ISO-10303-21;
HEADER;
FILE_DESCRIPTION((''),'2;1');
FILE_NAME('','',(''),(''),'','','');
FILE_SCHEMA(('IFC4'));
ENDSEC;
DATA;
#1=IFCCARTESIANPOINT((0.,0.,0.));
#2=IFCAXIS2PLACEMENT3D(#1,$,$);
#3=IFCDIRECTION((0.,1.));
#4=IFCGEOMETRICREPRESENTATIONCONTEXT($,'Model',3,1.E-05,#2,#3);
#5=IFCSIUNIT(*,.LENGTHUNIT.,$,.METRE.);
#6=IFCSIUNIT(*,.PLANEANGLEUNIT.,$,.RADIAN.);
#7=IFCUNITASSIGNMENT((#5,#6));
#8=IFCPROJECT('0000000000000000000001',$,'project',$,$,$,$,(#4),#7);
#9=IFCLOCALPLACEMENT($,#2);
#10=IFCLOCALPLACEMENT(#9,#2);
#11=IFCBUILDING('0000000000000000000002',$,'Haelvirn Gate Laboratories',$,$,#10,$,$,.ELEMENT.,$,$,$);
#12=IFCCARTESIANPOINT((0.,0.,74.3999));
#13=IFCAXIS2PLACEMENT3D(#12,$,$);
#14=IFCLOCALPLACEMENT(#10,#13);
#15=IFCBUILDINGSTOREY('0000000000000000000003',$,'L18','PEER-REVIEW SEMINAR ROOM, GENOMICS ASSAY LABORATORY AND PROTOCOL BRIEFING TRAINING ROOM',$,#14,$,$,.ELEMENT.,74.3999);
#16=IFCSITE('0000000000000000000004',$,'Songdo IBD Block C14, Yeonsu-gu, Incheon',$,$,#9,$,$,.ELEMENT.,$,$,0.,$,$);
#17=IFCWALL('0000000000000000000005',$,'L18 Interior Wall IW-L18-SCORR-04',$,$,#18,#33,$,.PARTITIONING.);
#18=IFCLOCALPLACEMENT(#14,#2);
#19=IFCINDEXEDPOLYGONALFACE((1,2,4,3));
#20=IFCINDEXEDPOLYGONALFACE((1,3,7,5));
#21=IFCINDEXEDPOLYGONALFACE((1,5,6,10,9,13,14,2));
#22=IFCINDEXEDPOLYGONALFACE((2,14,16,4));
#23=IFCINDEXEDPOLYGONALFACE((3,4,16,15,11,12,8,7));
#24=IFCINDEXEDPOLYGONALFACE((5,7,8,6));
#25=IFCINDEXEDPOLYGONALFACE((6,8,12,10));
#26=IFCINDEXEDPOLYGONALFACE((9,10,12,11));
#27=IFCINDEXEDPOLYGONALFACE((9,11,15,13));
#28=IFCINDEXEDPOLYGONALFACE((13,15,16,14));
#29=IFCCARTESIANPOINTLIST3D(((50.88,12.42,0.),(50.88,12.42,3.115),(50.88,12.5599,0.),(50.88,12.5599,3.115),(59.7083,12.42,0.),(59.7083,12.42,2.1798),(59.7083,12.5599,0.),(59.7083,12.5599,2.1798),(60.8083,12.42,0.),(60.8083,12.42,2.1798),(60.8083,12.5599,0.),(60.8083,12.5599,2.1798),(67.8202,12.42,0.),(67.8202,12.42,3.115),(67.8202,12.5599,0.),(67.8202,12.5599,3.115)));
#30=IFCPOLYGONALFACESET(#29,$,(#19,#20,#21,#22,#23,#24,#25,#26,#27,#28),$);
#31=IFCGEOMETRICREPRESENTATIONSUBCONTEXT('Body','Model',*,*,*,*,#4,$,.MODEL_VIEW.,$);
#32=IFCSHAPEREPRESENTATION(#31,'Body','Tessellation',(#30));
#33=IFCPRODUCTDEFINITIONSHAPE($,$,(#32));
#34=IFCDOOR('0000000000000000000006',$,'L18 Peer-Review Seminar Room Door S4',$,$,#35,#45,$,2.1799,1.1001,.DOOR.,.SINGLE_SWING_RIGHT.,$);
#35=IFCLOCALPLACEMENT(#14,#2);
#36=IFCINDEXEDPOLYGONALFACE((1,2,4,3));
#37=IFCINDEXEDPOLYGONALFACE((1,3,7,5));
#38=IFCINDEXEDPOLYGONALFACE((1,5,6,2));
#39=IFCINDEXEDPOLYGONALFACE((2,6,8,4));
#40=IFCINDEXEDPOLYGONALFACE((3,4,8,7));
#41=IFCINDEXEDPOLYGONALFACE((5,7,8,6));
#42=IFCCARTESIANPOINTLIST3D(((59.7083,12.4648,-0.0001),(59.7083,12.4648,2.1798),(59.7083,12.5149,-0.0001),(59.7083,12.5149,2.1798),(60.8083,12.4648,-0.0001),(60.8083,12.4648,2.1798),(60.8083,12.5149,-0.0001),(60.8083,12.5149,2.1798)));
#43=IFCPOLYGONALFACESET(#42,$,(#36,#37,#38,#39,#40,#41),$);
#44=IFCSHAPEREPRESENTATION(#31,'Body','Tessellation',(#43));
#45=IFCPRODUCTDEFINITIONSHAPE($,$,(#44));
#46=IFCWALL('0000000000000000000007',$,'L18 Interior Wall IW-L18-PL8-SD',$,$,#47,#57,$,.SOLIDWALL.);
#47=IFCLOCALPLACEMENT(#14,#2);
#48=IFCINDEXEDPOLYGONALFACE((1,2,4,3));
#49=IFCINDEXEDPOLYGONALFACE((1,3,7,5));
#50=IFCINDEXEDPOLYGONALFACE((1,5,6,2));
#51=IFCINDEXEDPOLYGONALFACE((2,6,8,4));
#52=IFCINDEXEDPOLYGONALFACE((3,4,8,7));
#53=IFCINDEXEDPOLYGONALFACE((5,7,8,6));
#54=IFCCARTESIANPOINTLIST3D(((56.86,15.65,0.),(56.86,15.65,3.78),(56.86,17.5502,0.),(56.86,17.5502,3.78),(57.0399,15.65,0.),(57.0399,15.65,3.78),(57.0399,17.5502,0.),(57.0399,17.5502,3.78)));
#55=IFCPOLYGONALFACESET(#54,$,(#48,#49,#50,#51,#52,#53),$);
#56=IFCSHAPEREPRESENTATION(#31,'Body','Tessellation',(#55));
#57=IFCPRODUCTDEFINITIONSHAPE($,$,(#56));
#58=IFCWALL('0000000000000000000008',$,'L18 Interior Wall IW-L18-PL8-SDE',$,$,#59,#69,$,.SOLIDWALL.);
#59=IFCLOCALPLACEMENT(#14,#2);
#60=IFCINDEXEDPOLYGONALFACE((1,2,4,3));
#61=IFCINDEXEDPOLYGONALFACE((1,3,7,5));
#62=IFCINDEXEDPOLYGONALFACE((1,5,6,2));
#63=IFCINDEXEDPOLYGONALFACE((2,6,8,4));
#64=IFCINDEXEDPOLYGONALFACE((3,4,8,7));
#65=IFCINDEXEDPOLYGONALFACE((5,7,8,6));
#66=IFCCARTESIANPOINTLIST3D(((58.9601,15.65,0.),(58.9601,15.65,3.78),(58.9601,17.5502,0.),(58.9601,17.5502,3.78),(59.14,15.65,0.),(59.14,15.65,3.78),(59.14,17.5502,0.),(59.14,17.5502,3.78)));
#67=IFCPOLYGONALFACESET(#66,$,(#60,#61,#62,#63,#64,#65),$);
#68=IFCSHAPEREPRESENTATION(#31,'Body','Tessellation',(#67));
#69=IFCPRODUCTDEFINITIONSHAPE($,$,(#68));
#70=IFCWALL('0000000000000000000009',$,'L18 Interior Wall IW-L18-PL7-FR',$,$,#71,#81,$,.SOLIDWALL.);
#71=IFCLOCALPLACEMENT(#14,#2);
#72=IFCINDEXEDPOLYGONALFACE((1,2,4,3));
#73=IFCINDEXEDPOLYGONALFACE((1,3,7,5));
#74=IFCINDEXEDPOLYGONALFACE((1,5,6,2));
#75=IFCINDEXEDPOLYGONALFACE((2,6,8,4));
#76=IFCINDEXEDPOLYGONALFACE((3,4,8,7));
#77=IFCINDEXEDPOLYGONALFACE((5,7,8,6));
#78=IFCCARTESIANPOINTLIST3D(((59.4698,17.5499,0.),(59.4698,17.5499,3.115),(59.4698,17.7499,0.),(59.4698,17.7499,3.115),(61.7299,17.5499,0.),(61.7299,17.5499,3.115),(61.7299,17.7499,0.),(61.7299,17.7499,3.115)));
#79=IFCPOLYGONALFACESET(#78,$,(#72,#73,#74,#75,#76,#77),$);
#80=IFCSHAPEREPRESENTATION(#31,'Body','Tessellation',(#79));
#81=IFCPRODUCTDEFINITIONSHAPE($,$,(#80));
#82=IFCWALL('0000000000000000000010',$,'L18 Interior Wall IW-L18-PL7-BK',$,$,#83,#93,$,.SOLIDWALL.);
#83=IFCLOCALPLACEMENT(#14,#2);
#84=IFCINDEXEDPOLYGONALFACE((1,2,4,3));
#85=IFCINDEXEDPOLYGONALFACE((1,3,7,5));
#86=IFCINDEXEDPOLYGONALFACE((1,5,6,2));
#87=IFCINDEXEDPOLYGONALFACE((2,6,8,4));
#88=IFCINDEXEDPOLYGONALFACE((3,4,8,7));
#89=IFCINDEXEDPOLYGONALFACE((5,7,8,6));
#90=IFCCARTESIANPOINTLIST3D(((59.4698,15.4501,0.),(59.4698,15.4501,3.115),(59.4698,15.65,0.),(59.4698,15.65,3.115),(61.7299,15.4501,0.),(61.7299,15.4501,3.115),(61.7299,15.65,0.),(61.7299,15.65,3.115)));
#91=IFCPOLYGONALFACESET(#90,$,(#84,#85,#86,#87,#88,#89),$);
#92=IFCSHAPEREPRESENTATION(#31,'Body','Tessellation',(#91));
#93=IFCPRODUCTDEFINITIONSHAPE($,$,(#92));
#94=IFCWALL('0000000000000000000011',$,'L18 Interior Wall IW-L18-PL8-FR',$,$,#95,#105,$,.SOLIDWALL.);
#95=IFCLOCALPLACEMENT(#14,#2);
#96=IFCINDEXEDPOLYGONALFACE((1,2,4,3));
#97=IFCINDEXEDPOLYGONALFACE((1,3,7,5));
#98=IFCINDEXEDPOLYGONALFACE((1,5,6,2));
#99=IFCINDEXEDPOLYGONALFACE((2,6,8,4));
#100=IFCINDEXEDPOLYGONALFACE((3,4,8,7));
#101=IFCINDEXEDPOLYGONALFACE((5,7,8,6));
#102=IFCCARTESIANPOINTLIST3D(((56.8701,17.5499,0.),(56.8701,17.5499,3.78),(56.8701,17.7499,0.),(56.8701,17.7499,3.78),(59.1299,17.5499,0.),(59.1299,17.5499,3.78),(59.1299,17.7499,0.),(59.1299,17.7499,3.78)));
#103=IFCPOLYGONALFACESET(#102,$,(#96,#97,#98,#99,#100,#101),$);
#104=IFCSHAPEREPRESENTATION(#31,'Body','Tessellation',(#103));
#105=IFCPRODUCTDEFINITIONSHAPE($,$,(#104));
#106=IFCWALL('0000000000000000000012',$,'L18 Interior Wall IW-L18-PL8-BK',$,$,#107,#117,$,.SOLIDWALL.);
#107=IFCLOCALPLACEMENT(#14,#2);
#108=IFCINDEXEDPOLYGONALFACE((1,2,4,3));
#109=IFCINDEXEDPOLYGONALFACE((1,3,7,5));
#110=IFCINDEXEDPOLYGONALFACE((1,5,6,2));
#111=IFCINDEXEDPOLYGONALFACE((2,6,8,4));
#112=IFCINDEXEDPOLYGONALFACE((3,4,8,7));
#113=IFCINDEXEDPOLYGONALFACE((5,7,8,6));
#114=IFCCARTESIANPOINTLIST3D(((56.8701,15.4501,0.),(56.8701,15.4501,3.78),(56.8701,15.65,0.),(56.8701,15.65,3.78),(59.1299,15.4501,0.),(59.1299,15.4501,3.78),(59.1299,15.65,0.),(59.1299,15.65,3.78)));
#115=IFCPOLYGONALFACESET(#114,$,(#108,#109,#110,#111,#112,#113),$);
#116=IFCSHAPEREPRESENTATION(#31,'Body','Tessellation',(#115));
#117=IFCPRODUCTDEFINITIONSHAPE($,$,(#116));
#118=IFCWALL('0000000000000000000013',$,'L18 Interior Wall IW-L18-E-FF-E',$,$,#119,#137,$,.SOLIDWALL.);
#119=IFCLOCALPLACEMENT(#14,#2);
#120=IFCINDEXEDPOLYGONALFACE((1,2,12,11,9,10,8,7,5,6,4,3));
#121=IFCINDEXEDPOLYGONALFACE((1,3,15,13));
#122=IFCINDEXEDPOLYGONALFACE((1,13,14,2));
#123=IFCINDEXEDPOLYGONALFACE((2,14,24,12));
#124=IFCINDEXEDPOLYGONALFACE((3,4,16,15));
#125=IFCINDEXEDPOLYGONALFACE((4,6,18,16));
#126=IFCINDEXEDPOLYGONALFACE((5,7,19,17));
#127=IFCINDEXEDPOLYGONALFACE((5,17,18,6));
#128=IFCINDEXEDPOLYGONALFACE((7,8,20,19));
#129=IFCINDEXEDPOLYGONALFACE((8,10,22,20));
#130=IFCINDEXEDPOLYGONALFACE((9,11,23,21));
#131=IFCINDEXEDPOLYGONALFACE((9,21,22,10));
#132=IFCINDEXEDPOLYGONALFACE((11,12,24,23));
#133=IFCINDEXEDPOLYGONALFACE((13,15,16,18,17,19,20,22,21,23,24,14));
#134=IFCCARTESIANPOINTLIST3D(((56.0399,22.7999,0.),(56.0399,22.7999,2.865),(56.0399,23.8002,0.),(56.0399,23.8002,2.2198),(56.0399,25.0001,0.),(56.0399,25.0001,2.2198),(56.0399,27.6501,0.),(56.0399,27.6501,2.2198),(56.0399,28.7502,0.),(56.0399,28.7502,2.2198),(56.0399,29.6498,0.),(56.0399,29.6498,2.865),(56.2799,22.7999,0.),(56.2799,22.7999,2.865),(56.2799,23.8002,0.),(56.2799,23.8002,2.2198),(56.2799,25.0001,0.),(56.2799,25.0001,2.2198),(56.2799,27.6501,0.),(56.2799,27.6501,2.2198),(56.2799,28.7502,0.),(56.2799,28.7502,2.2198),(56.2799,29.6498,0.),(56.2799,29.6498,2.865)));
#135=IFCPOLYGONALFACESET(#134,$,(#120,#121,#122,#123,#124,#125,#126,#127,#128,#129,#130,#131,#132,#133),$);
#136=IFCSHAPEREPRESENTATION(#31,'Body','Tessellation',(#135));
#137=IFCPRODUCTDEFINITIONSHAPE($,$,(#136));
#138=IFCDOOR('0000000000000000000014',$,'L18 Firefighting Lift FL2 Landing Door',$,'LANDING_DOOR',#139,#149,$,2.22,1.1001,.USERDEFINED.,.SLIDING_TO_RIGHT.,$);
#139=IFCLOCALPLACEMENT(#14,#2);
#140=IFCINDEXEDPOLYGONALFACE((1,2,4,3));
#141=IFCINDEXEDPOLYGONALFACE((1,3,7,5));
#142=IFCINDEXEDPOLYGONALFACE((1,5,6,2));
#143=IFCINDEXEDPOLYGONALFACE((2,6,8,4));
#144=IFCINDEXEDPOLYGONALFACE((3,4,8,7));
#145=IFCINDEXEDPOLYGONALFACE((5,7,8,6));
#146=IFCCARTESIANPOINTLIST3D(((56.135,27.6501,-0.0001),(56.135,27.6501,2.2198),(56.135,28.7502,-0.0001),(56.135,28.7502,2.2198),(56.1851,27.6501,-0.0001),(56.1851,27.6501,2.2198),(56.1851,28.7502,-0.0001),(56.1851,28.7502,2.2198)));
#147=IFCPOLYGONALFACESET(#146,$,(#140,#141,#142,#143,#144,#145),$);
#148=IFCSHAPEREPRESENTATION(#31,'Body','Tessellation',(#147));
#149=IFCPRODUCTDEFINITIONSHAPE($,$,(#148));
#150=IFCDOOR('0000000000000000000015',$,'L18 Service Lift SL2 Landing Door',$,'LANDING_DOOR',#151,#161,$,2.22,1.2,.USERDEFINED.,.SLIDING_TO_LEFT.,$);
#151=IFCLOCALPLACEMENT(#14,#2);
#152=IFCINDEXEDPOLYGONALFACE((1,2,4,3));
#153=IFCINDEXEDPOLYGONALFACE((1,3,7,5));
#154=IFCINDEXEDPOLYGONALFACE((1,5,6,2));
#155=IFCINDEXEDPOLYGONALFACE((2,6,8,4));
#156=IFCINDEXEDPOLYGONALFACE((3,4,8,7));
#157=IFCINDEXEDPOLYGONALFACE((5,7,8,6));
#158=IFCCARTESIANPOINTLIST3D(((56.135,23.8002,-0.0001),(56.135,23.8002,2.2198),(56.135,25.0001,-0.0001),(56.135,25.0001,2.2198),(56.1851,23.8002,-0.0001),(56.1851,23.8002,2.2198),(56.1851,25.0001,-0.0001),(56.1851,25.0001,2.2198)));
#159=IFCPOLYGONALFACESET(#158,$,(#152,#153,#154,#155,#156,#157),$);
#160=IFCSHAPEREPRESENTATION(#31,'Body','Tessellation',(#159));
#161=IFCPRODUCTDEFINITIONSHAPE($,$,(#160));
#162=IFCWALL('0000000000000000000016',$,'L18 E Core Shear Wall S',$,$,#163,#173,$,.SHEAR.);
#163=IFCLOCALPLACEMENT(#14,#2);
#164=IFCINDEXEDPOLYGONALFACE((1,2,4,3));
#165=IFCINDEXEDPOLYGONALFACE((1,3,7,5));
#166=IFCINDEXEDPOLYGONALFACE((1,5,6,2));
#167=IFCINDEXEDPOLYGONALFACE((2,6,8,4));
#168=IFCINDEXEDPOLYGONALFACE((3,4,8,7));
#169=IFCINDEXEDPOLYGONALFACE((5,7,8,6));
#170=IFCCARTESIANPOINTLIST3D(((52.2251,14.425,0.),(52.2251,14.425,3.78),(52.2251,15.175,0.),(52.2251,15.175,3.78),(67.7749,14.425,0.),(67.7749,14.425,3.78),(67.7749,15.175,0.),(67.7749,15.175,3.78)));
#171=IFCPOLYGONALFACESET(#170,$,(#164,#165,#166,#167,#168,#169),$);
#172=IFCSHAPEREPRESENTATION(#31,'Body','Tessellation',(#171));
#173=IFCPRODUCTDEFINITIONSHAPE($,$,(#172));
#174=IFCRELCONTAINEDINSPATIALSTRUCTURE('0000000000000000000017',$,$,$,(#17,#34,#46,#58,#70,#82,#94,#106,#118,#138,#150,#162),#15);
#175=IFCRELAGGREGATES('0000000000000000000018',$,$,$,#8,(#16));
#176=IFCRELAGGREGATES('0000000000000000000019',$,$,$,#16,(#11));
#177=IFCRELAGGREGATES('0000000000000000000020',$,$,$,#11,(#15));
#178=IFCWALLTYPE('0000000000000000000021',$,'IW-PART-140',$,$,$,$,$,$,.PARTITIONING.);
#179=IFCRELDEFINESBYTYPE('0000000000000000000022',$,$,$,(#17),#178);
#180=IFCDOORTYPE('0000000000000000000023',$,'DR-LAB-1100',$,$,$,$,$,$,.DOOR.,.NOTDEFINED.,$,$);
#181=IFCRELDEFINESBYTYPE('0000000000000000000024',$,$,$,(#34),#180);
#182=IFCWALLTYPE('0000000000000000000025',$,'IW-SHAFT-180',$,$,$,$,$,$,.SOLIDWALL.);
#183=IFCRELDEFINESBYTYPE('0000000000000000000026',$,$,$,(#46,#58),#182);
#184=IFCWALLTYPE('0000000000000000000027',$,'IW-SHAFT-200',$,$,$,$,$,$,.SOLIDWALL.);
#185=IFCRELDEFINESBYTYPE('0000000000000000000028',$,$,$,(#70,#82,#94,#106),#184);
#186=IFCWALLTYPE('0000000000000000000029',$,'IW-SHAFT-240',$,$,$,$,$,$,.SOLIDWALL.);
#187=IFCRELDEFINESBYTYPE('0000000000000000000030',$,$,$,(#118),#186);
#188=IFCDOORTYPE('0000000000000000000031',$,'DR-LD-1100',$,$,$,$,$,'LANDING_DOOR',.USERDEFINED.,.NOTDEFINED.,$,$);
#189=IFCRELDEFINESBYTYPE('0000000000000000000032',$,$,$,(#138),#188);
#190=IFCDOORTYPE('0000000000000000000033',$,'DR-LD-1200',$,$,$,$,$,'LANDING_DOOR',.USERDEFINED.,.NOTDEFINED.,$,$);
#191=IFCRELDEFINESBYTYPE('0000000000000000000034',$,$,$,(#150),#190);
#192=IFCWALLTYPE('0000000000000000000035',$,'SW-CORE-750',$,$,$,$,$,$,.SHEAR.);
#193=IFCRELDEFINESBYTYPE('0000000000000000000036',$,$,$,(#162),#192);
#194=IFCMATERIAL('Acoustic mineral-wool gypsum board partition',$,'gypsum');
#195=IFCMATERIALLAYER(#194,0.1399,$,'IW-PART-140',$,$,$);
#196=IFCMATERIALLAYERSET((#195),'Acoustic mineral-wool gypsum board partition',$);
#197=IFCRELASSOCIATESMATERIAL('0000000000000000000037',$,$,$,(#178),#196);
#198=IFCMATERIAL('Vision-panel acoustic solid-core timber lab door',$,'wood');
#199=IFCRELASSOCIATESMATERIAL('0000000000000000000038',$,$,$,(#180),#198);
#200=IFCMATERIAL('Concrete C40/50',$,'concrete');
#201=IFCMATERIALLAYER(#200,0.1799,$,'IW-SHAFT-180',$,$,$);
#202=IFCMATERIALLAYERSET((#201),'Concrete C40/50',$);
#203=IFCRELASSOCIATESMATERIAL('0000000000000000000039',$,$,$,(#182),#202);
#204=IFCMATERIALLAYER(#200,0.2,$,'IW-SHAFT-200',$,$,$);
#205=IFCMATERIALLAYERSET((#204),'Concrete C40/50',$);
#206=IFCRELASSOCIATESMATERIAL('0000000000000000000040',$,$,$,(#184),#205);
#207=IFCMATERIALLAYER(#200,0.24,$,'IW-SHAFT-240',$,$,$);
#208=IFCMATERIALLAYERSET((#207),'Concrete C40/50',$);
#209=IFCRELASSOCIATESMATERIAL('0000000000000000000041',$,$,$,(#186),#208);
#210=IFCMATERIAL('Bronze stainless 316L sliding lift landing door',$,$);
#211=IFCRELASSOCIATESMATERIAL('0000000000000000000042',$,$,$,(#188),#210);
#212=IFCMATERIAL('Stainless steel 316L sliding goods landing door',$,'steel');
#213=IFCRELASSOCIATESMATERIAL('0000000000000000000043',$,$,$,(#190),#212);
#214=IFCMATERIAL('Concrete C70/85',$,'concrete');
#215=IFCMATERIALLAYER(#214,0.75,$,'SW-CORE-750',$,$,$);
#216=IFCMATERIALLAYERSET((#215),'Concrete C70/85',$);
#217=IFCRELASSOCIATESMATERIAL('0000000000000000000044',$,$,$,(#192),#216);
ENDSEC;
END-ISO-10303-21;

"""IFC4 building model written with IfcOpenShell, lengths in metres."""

from ifc_helpers import new_model, si_unit, direction, frame, frame_2d, origin, place, context, subcontext, project, spatial, rectangle, extrude, source, transform, mapped, material, layer, layer_set, type_object, type_shapes, element, fill, save


model = new_model("IFC4")

# Units and contexts
model_context = context("Model", 3, precision=1e-05, world=origin(), true_north=direction((0.0, 1.0)))
body_context = subcontext(model_context, "Body", "Model", "MODEL_VIEW")
ifc_project = project(units=[si_unit("LENGTHUNIT", "METRE"), si_unit("PLANEANGLEUNIT", "RADIAN")], contexts=[model_context])

# Site, building, storey
site_placement = place(None, origin())
site = spatial("IfcSite", under=ifc_project, at=site_placement, Name="Songdo IBD Block C14, Yeonsu-gu, Incheon", CompositionType="ELEMENT", RefElevation=0.0)
building_placement = place(site_placement, origin())
building = spatial("IfcBuilding", under=site, at=building_placement, Name="Haelvirn Gate Laboratories", CompositionType="ELEMENT")
storey_placement = place(building_placement, frame((0.0, 0.0, 74.3999)))
storey = spatial("IfcBuildingStorey", under=building, at=storey_placement, Name="L18", Description="PEER-REVIEW SEMINAR ROOM, GENOMICS ASSAY LABORATORY AND PROTOCOL BRIEFING TRAINING ROOM", CompositionType="ELEMENT", Elevation=74.3999)

# Shared definitions
ifc_material_1 = material(Name="Concrete C70/85", Category="concrete")

# Wall, opening, door
ifc_material_2 = material(Name="Acoustic mineral-wool gypsum board partition", Category="gypsum")
ifc_layer_1 = layer(ifc_material_2, 0.1399, Name="IW-PART-140")
ifc_layer_set_1 = layer_set([ifc_layer_1], Name="Acoustic mineral-wool gypsum board partition")
wall_type_1 = type_object("IfcWallType", Name="IW-PART-140", PredefinedType="PARTITIONING", material=ifc_layer_set_1)
wall_1_placement = place(storey_placement, frame((50.8799, 12.49, 0.0), z_axis=(0.0, 0.0, 1.0), x_axis=(1.0, 0.0, 0.0)))
wall_1 = element("IfcWall", 1, at=wall_1_placement, inside=storey, type_object=wall_type_1, Name="L18 Interior Wall IW-L18-SCORR-04", PredefinedType="PARTITIONING", context=body_context, shape_type="SweptSolid", body=[
    extrude(rectangle(XDim=16.9402, YDim=0.1399, at=frame_2d((8.4702, 0.0))), origin(), (0.0, 0.0, 1.0), 3.115),
])
opening_1_placement = place(wall_1_placement, frame((8.8284, 0.0, 0.0)))
opening_1 = element("IfcOpeningElement", 2, at=opening_1_placement, cuts=wall_1, PredefinedType="OPENING", context=body_context, shape_type="SweptSolid", body=[
    extrude(rectangle(XDim=1.1001, YDim=2.1799, at=frame_2d((0.55, 1.0898))), frame((0.0, 0.0801, 0.0), z_axis=(0.0, -1.0, 0.0), x_axis=(1.0, 0.0, 0.0)), (0.0, 0.0, 1.0), 0.1599),
])
ifc_material_3 = material(Name="Vision-panel acoustic solid-core timber lab door", Category="wood")
door_type_1 = type_object("IfcDoorType", Name="DR-LAB-1100", OperationType="NOTDEFINED", PredefinedType="DOOR", material=ifc_material_3)
shared_shape_1 = source(origin(), body_context, "Body", "SweptSolid", [
    extrude(rectangle(XDim=1.1001, YDim=2.1799, at=frame_2d((0.55, 1.0898))), frame((0.0, 0.0249, 0.0), z_axis=(0.0, -1.0, 0.0), x_axis=(1.0, 0.0, 0.0)), (0.0, 0.0, 1.0), 0.05),
])
type_shapes(door_type_1, [shared_shape_1])
door_1_placement = place(opening_1_placement, origin())
door_1 = element("IfcDoor", 3, at=door_1_placement, inside=storey, type_object=door_type_1, Name="L18 Peer-Review Seminar Room Door S4", OperationType="SINGLE_SWING_RIGHT", OverallHeight=2.1799, OverallWidth=1.1001, PredefinedType="DOOR", context=body_context, shape_type="MappedRepresentation", body=[
    mapped(shared_shape_1, transform((0.0, 0.0, 0.0), scale=1.0)),
])
fill(opening_1, door_1)

# Walls
ifc_material_4 = material(Name="Concrete C40/50", Category="concrete")
ifc_layer_2 = layer(ifc_material_4, 0.1799, Name="IW-SHAFT-180")
ifc_layer_set_2 = layer_set([ifc_layer_2], Name="Concrete C40/50")
wall_type_2 = type_object("IfcWallType", Name="IW-SHAFT-180", PredefinedType="SOLIDWALL", material=ifc_layer_set_2)
for number, where, z_axis, x_axis, name in (
    (4, (56.95, 15.6499, 0.0), (0.0, 0.0, 1.0), (0.0, 1.0, 0.0), "L18 Interior Wall IW-L18-PL8-SD"),
    (5, (59.05, 15.6499, 0.0), (0.0, 0.0, 1.0), (0.0, 1.0, 0.0), "L18 Interior Wall IW-L18-PL8-SDE"),
):
    element("IfcWall", number, at=place(storey_placement, frame(where, z_axis=z_axis, x_axis=x_axis)), inside=storey, type_object=wall_type_2, Name=name, PredefinedType="SOLIDWALL", context=body_context, shape_type="SweptSolid", body=[
        extrude(rectangle(XDim=1.9001, YDim=0.1799, at=frame_2d((0.9502, 0.0))), origin(), (0.0, 0.0, 1.0), 3.78),
    ])
ifc_layer_3 = layer(ifc_material_4, 0.2, Name="IW-SHAFT-200")
ifc_layer_set_3 = layer_set([ifc_layer_3], Name="Concrete C40/50")
wall_type_3 = type_object("IfcWallType", Name="IW-SHAFT-200", PredefinedType="SOLIDWALL", material=ifc_layer_set_3)
for number, where, z_axis, x_axis, name in (
    (6, (59.47, 17.6499, 0.0), (0.0, 0.0, 1.0), (1.0, 0.0, 0.0), "L18 Interior Wall IW-L18-PL7-FR"),
    (7, (59.47, 15.55, 0.0), (0.0, 0.0, 1.0), (1.0, 0.0, 0.0), "L18 Interior Wall IW-L18-PL7-BK"),
):
    element("IfcWall", number, at=place(storey_placement, frame(where, z_axis=z_axis, x_axis=x_axis)), inside=storey, type_object=wall_type_3, Name=name, PredefinedType="SOLIDWALL", context=body_context, shape_type="SweptSolid", body=[
        extrude(rectangle(XDim=2.26, YDim=0.2, at=frame_2d((1.1299, 0.0))), origin(), (0.0, 0.0, 1.0), 3.115),
    ])
for number, where, z_axis, x_axis, name in (
    (8, (56.8701, 17.6499, 0.0), (0.0, 0.0, 1.0), (1.0, 0.0, 0.0), "L18 Interior Wall IW-L18-PL8-FR"),
    (9, (56.8701, 15.55, 0.0), (0.0, 0.0, 1.0), (1.0, 0.0, 0.0), "L18 Interior Wall IW-L18-PL8-BK"),
):
    element("IfcWall", number, at=place(storey_placement, frame(where, z_axis=z_axis, x_axis=x_axis)), inside=storey, type_object=wall_type_3, Name=name, PredefinedType="SOLIDWALL", context=body_context, shape_type="SweptSolid", body=[
        extrude(rectangle(XDim=2.2598, YDim=0.2, at=frame_2d((1.1299, 0.0))), origin(), (0.0, 0.0, 1.0), 3.78),
    ])

# Wall, openings, doors
ifc_layer_4 = layer(ifc_material_4, 0.24, Name="IW-SHAFT-240")
ifc_layer_set_4 = layer_set([ifc_layer_4], Name="Concrete C40/50")
wall_type_4 = type_object("IfcWallType", Name="IW-SHAFT-240", PredefinedType="SOLIDWALL", material=ifc_layer_set_4)
wall_2_placement = place(storey_placement, frame((56.1599, 22.8, 0.0), z_axis=(0.0, 0.0, 1.0), x_axis=(0.0, 1.0, 0.0)))
wall_2 = element("IfcWall", 10, at=wall_2_placement, inside=storey, type_object=wall_type_4, Name="L18 Interior Wall IW-L18-E-FF-E", PredefinedType="SOLIDWALL", context=body_context, shape_type="SweptSolid", body=[
    extrude(rectangle(XDim=6.8499, YDim=0.24, at=frame_2d((3.4248, 0.0))), origin(), (0.0, 0.0, 1.0), 2.865),
])
opening_2_placement = place(wall_2_placement, frame((4.8501, 0.0, 0.0)))
opening_2 = element("IfcOpeningElement", 11, at=opening_2_placement, cuts=wall_2, PredefinedType="OPENING", context=body_context, shape_type="SweptSolid", body=[
    extrude(rectangle(XDim=1.1001, YDim=2.22, at=frame_2d((0.55, 1.1099))), frame((0.0, 0.1299, 0.0), z_axis=(0.0, -1.0, 0.0), x_axis=(1.0, 0.0, 0.0)), (0.0, 0.0, 1.0), 0.26),
])
opening_3_placement = place(wall_2_placement, frame((1.0, 0.0, 0.0)))
opening_3 = element("IfcOpeningElement", 12, at=opening_3_placement, cuts=wall_2, PredefinedType="OPENING", context=body_context, shape_type="SweptSolid", body=[
    extrude(rectangle(XDim=1.2, YDim=2.22, at=frame_2d((0.6001, 1.1099))), frame((0.0, 0.1299, 0.0), z_axis=(0.0, -1.0, 0.0), x_axis=(1.0, 0.0, 0.0)), (0.0, 0.0, 1.0), 0.26),
])
ifc_material_5 = material(Name="Bronze stainless 316L sliding lift landing door")
door_type_2 = type_object("IfcDoorType", Name="DR-LD-1100", ElementType="LANDING_DOOR", OperationType="NOTDEFINED", PredefinedType="USERDEFINED", material=ifc_material_5)
shared_shape_2 = source(origin(), body_context, "Body", "SweptSolid", [
    extrude(rectangle(XDim=1.1001, YDim=2.22, at=frame_2d((0.55, 1.1099))), frame((0.0, 0.0249, 0.0), z_axis=(0.0, -1.0, 0.0), x_axis=(1.0, 0.0, 0.0)), (0.0, 0.0, 1.0), 0.05),
])
type_shapes(door_type_2, [shared_shape_2])
door_2_placement = place(opening_2_placement, origin())
door_2 = element("IfcDoor", 13, at=door_2_placement, inside=storey, type_object=door_type_2, Name="L18 Firefighting Lift FL2 Landing Door", ObjectType="LANDING_DOOR", OperationType="SLIDING_TO_RIGHT", OverallHeight=2.22, OverallWidth=1.1001, PredefinedType="USERDEFINED", context=body_context, shape_type="MappedRepresentation", body=[
    mapped(shared_shape_2, transform((0.0, 0.0, 0.0), scale=1.0)),
])
fill(opening_2, door_2)
ifc_material_6 = material(Name="Stainless steel 316L sliding goods landing door", Category="steel")
door_type_3 = type_object("IfcDoorType", Name="DR-LD-1200", ElementType="LANDING_DOOR", OperationType="NOTDEFINED", PredefinedType="USERDEFINED", material=ifc_material_6)
shared_shape_3 = source(origin(), body_context, "Body", "SweptSolid", [
    extrude(rectangle(XDim=1.2, YDim=2.22, at=frame_2d((0.6001, 1.1099))), frame((0.0, 0.0249, 0.0), z_axis=(0.0, -1.0, 0.0), x_axis=(1.0, 0.0, 0.0)), (0.0, 0.0, 1.0), 0.05),
])
type_shapes(door_type_3, [shared_shape_3])
door_3_placement = place(opening_3_placement, origin())
door_3 = element("IfcDoor", 14, at=door_3_placement, inside=storey, type_object=door_type_3, Name="L18 Service Lift SL2 Landing Door", ObjectType="LANDING_DOOR", OperationType="SLIDING_TO_LEFT", OverallHeight=2.22, OverallWidth=1.2, PredefinedType="USERDEFINED", context=body_context, shape_type="MappedRepresentation", body=[
    mapped(shared_shape_3, transform((0.0, 0.0, 0.0), scale=1.0)),
])
fill(opening_3, door_3)

# Wall
ifc_layer_5 = layer(ifc_material_1, 0.75, Name="SW-CORE-750")
ifc_layer_set_5 = layer_set([ifc_layer_5], Name="Concrete C70/85")
wall_type_5 = type_object("IfcWallType", Name="SW-CORE-750", PredefinedType="SHEAR", material=ifc_layer_set_5)
wall_3_placement = place(storey_placement, frame((52.2251, 14.8, 0.0), z_axis=(0.0, 0.0, 1.0), x_axis=(1.0, 0.0, 0.0)))
element("IfcWall", 15, at=wall_3_placement, inside=storey, type_object=wall_type_5, Name="L18 E Core Shear Wall S", PredefinedType="SHEAR", context=body_context, shape_type="SweptSolid", body=[
    extrude(rectangle(XDim=15.5498, YDim=0.75, at=frame_2d((7.7749, 0.0))), origin(), (0.0, 0.0, 1.0), 3.78),
])

save(model, "model.ifc")
